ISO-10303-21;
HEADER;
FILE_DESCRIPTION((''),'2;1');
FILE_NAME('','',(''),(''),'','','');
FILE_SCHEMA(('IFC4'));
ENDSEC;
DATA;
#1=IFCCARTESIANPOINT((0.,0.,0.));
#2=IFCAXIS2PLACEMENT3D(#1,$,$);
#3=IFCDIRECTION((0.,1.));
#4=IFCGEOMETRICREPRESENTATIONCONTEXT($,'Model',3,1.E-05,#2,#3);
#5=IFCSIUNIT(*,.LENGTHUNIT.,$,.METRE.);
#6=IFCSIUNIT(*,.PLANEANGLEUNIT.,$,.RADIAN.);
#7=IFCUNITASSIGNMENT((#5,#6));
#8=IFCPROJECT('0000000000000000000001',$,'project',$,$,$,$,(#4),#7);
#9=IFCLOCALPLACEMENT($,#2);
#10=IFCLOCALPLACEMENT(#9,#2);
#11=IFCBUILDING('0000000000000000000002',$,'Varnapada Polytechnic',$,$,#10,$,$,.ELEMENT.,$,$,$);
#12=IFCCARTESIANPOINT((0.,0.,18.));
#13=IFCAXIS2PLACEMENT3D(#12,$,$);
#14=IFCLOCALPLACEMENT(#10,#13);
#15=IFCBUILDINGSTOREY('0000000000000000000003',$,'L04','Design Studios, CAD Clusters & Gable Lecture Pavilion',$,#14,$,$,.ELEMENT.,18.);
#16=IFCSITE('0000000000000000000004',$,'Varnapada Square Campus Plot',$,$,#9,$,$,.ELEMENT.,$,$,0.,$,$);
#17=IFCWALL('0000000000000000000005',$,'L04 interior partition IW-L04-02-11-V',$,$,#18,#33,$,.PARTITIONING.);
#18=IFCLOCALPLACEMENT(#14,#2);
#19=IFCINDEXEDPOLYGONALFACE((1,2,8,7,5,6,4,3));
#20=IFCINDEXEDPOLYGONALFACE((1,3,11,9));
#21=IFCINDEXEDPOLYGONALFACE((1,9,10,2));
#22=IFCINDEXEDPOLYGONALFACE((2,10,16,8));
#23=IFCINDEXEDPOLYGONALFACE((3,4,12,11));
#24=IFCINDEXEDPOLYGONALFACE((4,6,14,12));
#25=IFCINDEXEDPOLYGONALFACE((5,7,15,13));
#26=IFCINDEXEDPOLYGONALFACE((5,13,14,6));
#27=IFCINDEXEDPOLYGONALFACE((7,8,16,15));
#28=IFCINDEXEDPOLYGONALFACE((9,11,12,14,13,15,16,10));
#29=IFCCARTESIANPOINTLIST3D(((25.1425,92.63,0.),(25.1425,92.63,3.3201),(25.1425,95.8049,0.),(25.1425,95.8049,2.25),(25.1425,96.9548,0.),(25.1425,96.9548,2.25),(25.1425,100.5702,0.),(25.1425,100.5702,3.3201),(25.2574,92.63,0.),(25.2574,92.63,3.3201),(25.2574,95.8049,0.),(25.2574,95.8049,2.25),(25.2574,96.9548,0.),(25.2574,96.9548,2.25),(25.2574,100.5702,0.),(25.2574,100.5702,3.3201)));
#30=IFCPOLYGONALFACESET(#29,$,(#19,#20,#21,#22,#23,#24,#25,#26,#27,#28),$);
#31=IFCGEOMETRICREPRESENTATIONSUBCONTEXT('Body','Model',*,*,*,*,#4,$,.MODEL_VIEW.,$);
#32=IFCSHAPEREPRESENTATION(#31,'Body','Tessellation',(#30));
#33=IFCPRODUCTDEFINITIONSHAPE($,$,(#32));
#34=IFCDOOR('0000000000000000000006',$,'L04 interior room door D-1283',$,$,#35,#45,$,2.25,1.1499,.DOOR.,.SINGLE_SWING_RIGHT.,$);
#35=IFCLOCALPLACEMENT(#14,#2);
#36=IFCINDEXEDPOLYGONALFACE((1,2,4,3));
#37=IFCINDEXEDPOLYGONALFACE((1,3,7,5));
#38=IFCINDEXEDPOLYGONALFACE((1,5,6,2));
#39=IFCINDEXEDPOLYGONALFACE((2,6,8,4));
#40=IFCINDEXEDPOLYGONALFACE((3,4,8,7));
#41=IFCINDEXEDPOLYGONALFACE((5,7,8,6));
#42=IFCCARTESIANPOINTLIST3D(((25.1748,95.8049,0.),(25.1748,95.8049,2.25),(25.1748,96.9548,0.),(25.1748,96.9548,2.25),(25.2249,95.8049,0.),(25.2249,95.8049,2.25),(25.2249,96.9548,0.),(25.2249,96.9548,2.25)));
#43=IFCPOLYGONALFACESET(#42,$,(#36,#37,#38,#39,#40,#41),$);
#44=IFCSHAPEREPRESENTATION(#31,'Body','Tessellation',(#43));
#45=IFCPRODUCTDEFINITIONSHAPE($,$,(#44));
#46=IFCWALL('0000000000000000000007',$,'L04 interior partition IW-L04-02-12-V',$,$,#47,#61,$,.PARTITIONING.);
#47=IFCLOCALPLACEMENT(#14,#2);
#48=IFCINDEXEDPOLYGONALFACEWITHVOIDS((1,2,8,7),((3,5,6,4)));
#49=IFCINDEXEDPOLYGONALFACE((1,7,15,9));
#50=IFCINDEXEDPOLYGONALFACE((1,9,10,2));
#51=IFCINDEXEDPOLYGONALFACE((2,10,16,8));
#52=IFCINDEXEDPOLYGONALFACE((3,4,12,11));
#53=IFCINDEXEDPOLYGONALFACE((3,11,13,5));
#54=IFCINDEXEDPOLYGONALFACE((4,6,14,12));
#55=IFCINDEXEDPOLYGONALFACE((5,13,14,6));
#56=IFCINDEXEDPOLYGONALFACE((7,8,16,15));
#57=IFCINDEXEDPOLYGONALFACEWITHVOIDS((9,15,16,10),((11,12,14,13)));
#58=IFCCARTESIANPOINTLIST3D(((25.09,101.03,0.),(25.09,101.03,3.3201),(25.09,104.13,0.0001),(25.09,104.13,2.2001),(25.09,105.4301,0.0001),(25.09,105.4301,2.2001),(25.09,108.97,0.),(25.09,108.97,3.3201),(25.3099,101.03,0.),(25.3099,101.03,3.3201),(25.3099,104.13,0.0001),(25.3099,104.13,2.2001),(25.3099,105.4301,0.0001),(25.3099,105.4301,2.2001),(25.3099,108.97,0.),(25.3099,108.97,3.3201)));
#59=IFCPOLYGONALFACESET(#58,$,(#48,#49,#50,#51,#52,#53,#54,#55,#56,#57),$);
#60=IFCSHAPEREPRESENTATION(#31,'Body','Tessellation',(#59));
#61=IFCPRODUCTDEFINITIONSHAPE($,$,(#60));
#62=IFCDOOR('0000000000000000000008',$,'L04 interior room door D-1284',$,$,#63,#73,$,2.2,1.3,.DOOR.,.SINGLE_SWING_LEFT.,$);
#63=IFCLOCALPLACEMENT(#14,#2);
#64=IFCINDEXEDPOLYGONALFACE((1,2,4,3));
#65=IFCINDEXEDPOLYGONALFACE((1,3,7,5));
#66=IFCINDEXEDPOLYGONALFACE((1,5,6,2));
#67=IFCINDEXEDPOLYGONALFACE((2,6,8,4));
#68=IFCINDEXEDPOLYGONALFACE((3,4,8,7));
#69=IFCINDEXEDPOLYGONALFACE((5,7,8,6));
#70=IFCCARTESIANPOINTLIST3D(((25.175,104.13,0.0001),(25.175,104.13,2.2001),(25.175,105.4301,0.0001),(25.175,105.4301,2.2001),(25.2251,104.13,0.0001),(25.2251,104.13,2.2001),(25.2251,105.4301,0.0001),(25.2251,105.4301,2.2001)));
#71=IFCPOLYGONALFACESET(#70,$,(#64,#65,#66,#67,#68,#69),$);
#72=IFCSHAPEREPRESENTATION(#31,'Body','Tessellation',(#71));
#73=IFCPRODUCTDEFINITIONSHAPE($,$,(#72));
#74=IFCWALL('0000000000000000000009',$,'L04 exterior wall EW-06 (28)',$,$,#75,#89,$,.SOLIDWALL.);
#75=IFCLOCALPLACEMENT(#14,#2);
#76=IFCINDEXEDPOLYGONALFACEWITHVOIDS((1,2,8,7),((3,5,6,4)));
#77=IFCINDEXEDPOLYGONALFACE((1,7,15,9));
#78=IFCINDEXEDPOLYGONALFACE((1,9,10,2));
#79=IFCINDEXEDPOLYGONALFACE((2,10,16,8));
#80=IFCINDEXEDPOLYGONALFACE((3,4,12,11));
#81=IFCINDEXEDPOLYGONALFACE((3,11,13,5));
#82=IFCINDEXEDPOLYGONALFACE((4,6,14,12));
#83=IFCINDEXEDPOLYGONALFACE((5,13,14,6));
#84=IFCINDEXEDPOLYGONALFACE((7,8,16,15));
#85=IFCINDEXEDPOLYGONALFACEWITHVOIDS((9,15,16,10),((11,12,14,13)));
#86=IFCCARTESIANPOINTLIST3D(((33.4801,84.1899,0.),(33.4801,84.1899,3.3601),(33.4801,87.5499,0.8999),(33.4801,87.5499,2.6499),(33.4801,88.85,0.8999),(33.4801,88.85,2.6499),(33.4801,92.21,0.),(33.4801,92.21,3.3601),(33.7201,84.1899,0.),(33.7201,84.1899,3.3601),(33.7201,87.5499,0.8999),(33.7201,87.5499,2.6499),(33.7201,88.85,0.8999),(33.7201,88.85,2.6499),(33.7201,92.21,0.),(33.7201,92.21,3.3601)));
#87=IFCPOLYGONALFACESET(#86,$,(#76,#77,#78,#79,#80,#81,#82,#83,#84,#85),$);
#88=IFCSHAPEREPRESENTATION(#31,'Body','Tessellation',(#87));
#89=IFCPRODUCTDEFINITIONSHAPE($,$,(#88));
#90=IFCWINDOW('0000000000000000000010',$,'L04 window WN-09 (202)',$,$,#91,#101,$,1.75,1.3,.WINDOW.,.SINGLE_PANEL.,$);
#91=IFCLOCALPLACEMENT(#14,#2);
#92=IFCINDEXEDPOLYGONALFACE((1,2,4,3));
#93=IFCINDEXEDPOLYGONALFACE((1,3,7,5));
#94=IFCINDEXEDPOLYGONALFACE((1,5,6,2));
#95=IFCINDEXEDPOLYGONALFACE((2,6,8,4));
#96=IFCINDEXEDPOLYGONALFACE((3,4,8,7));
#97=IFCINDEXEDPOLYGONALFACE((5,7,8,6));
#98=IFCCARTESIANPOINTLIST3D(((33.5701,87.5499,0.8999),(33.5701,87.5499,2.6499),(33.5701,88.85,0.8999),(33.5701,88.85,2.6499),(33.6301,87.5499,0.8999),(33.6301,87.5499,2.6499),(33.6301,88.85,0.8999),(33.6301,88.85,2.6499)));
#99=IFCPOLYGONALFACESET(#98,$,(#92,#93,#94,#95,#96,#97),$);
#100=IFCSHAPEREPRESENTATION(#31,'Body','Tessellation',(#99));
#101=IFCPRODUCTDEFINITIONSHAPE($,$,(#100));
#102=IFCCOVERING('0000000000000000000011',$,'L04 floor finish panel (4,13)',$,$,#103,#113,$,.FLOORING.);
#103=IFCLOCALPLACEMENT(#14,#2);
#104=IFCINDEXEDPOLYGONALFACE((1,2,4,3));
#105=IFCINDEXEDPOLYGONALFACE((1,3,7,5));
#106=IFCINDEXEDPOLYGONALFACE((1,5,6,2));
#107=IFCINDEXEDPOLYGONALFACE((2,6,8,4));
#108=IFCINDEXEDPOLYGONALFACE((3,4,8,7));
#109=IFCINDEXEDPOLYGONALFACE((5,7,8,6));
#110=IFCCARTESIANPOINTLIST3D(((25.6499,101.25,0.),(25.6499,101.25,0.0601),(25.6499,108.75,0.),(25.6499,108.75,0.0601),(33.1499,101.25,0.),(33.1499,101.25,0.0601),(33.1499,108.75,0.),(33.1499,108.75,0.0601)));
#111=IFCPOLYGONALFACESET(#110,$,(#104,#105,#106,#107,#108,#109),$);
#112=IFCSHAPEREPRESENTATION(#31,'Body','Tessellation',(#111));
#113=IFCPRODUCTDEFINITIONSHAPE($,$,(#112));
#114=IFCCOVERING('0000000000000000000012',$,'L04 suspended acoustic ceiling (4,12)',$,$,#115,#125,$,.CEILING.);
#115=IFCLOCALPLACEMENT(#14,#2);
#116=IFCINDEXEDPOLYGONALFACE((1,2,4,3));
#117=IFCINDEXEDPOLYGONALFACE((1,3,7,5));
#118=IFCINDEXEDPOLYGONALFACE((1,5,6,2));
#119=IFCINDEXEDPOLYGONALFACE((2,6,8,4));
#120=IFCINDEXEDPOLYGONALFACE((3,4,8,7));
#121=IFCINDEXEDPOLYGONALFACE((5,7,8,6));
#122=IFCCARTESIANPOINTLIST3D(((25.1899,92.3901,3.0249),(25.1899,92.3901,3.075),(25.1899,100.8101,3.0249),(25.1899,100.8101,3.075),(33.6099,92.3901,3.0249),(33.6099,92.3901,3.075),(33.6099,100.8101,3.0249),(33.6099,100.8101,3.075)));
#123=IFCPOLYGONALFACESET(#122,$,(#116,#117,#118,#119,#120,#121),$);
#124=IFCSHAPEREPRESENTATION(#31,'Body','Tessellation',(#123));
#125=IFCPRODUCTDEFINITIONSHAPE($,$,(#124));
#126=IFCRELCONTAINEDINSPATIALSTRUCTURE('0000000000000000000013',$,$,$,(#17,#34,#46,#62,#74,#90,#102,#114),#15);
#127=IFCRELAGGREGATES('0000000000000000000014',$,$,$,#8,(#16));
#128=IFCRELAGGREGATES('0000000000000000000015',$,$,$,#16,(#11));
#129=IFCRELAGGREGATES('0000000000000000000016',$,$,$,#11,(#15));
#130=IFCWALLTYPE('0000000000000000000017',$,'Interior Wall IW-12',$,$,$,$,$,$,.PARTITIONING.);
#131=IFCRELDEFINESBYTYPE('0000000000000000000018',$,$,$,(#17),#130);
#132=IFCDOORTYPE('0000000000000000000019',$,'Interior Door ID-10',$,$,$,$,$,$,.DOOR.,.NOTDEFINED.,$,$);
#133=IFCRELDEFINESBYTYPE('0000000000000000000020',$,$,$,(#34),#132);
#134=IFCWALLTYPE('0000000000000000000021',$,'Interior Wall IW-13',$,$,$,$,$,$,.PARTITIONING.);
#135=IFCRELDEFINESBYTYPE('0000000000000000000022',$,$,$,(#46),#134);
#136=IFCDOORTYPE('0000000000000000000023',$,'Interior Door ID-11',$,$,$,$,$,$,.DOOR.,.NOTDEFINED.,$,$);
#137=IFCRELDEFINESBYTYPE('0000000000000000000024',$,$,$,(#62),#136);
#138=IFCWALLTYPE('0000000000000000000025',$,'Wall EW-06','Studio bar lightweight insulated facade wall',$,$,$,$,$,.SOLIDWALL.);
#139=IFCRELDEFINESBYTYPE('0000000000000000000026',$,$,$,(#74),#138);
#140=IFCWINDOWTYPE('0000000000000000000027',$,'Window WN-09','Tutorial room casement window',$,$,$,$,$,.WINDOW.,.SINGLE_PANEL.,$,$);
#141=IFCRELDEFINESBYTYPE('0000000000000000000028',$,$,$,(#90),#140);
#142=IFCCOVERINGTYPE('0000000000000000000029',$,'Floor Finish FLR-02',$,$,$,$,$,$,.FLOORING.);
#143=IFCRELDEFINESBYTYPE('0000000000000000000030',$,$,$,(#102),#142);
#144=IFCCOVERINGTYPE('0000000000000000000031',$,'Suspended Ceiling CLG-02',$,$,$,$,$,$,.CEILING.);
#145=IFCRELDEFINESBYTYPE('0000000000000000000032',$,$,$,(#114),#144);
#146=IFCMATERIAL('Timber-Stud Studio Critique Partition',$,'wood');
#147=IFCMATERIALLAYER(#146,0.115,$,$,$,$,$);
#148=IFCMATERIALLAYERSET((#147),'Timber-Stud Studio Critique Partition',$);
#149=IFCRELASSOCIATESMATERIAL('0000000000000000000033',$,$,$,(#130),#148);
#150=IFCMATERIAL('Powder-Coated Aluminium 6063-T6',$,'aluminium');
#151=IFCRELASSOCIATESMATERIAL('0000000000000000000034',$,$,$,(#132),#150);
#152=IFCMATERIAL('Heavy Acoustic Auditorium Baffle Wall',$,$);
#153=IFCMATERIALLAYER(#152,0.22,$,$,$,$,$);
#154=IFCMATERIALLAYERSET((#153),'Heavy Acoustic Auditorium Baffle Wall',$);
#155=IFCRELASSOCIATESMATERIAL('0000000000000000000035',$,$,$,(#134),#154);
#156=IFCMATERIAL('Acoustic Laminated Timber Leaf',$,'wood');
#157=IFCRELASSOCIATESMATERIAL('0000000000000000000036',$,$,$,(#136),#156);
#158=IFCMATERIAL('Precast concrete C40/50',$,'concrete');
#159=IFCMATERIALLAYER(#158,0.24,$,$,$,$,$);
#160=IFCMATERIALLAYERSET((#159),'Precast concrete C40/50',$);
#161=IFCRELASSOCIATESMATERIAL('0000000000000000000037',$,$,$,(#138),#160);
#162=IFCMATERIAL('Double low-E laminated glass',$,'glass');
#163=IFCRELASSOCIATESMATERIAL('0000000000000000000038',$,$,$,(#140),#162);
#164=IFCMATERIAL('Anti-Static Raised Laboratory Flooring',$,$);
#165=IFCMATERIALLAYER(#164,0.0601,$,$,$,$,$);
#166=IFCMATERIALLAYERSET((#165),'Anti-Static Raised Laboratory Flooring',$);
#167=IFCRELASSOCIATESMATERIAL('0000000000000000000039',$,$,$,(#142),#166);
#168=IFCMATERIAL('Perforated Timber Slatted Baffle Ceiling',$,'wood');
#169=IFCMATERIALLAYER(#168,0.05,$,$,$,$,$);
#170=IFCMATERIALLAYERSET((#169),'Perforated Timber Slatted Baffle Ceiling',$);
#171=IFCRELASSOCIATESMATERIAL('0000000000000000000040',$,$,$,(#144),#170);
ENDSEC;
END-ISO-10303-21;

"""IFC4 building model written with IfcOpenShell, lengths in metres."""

from ifc_helpers import new_model, si_unit, direction, frame, frame_2d, origin, origin_2d, place, context, subcontext, project, spatial, rectangle, extrude, material, layer, layer_set, type_object, element, fill, save


model = new_model("IFC4")

# Units and contexts
model_context = context("Model", 3, precision=1e-05, world=origin(), true_north=direction((0.0, 1.0)))
body_context = subcontext(model_context, "Body", "Model", "MODEL_VIEW")
ifc_project = project(units=[si_unit("LENGTHUNIT", "METRE"), si_unit("PLANEANGLEUNIT", "RADIAN")], contexts=[model_context])

# Site, building, storey
site_placement = place(None, origin())
site = spatial("IfcSite", under=ifc_project, at=site_placement, Name="Varnapada Square Campus Plot", CompositionType="ELEMENT", RefElevation=0.0)
building_placement = place(site_placement, origin())
building = spatial("IfcBuilding", under=site, at=building_placement, Name="Varnapada Polytechnic", CompositionType="ELEMENT")
storey_placement = place(building_placement, frame((0.0, 0.0, 18.0)))
storey = spatial("IfcBuildingStorey", under=building, at=storey_placement, Name="L04", Description="Design Studios, CAD Clusters & Gable Lecture Pavilion", CompositionType="ELEMENT", Elevation=18.0)

# Walls, openings, doors
ifc_material_1 = material(Name="Timber-Stud Studio Critique Partition", Category="wood")
ifc_layer_1 = layer(ifc_material_1, 0.115)
ifc_layer_set_1 = layer_set([ifc_layer_1], Name="Timber-Stud Studio Critique Partition")
wall_type_1 = type_object("IfcWallType", Name="Interior Wall IW-12", PredefinedType="PARTITIONING", material=ifc_layer_set_1)
wall_1_placement = place(storey_placement, frame((25.2, 92.6299, 0.0), z_axis=(0.0, 0.0, 1.0), x_axis=(0.0, 1.0, 0.0)))
wall_1 = element("IfcWall", 1, at=wall_1_placement, inside=storey, type_object=wall_type_1, Name="L04 interior partition IW-L04-02-11-V", PredefinedType="PARTITIONING", context=body_context, shape_type="SweptSolid", body=[
    extrude(rectangle(XDim=7.9402, YDim=0.115, at=frame_2d((3.9702, 0.0))), origin(), (0.0, 0.0, 1.0), 3.3201),
])
opening_1_placement = place(wall_1_placement, frame((3.175, 0.0, 0.0)))
opening_1 = element("IfcOpeningElement", 2, at=opening_1_placement, cuts=wall_1, PredefinedType="OPENING", context=body_context, shape_type="SweptSolid", body=[
    extrude(rectangle(XDim=1.1499, YDim=2.25, at=frame_2d((0.575, 1.125))), frame((0.0, 0.0674, 0.0), z_axis=(0.0, -1.0, 0.0), x_axis=(1.0, 0.0, 0.0)), (0.0, 0.0, 1.0), 0.135),
])
ifc_material_2 = material(Name="Powder-Coated Aluminium 6063-T6", Category="aluminium")
door_type_1 = type_object("IfcDoorType", Name="Interior Door ID-10", OperationType="NOTDEFINED", PredefinedType="DOOR", material=ifc_material_2)
door_1_placement = place(opening_1_placement, frame((1.1499, 0.0, 0.0), z_axis=(0.0, 0.0, 1.0), x_axis=(-1.0, 0.0, 0.0)))
door_1 = element("IfcDoor", 3, at=door_1_placement, inside=storey, type_object=door_type_1, Name="L04 interior room door D-1283", OperationType="SINGLE_SWING_RIGHT", OverallHeight=2.25, OverallWidth=1.1499, PredefinedType="DOOR", context=body_context, shape_type="SweptSolid", body=[
    extrude(rectangle(XDim=1.1499, YDim=2.25, at=frame_2d((0.575, 1.125))), frame((0.0, 0.0249, 0.0), z_axis=(0.0, -1.0, 0.0), x_axis=(1.0, 0.0, 0.0)), (0.0, 0.0, 1.0), 0.05),
])
fill(opening_1, door_1)
ifc_material_3 = material(Name="Heavy Acoustic Auditorium Baffle Wall")
ifc_layer_2 = layer(ifc_material_3, 0.22)
ifc_layer_set_2 = layer_set([ifc_layer_2], Name="Heavy Acoustic Auditorium Baffle Wall")
wall_type_2 = type_object("IfcWallType", Name="Interior Wall IW-13", PredefinedType="PARTITIONING", material=ifc_layer_set_2)
wall_2_placement = place(storey_placement, frame((25.2, 101.03, 0.0), z_axis=(0.0, 0.0, 1.0), x_axis=(0.0, 1.0, 0.0)))
wall_2 = element("IfcWall", 4, at=wall_2_placement, inside=storey, type_object=wall_type_2, Name="L04 interior partition IW-L04-02-12-V", PredefinedType="PARTITIONING", context=body_context, shape_type="SweptSolid", body=[
    extrude(rectangle(XDim=7.9399, YDim=0.22, at=frame_2d((3.97, 0.0))), origin(), (0.0, 0.0, 1.0), 3.3201),
])
opening_2_placement = place(wall_2_placement, frame((3.1001, 0.0, 0.0)))
opening_2 = element("IfcOpeningElement", 5, at=opening_2_placement, cuts=wall_2, PredefinedType="OPENING", context=body_context, shape_type="SweptSolid", body=[
    extrude(rectangle(XDim=1.3, YDim=2.2, at=frame_2d((0.6499, 1.1001))), frame((0.0, 0.1199, 0.0), z_axis=(0.0, -1.0, 0.0), x_axis=(1.0, 0.0, 0.0)), (0.0, 0.0, 1.0), 0.24),
])
ifc_material_4 = material(Name="Acoustic Laminated Timber Leaf", Category="wood")
door_type_2 = type_object("IfcDoorType", Name="Interior Door ID-11", OperationType="NOTDEFINED", PredefinedType="DOOR", material=ifc_material_4)
door_2_placement = place(opening_2_placement, origin())
door_2 = element("IfcDoor", 6, at=door_2_placement, inside=storey, type_object=door_type_2, Name="L04 interior room door D-1284", OperationType="SINGLE_SWING_LEFT", OverallHeight=2.2, OverallWidth=1.3, PredefinedType="DOOR", context=body_context, shape_type="SweptSolid", body=[
    extrude(rectangle(XDim=1.3, YDim=2.2, at=frame_2d((0.6499, 1.1001))), frame((0.0, 0.0249, 0.0), z_axis=(0.0, -1.0, 0.0), x_axis=(1.0, 0.0, 0.0)), (0.0, 0.0, 1.0), 0.05),
])
fill(opening_2, door_2)

# Wall, opening, window
ifc_material_5 = material(Name="Precast concrete C40/50", Category="concrete")
ifc_layer_3 = layer(ifc_material_5, 0.24)
ifc_layer_set_3 = layer_set([ifc_layer_3], Name="Precast concrete C40/50")
wall_type_3 = type_object("IfcWallType", Name="Wall EW-06", Description="Studio bar lightweight insulated facade wall", PredefinedType="SOLIDWALL", material=ifc_layer_set_3)
wall_3_placement = place(storey_placement, frame((33.6001, 92.21, 0.0), z_axis=(0.0, 0.0, 1.0), x_axis=(0.0, -1.0, 0.0)))
wall_3 = element("IfcWall", 7, at=wall_3_placement, inside=storey, type_object=wall_type_3, Name="L04 exterior wall EW-06 (28)", PredefinedType="SOLIDWALL", context=body_context, shape_type="SweptSolid", body=[
    extrude(rectangle(XDim=8.02, YDim=0.24, at=frame_2d((4.01, 0.0))), origin(), (0.0, 0.0, 1.0), 3.3601),
])
opening_3_placement = place(wall_3_placement, frame((3.3601, 0.0, 0.8999)))
opening_3 = element("IfcOpeningElement", 8, at=opening_3_placement, cuts=wall_3, PredefinedType="OPENING", context=body_context, shape_type="SweptSolid", body=[
    extrude(rectangle(XDim=1.3, YDim=1.75, at=frame_2d((0.6499, 0.875))), frame((0.0, 0.1299, 0.0), z_axis=(0.0, -1.0, 0.0), x_axis=(1.0, 0.0, 0.0)), (0.0, 0.0, 1.0), 0.26),
])
ifc_material_6 = material(Name="Double low-E laminated glass", Category="glass")
window_type = type_object("IfcWindowType", Name="Window WN-09", Description="Tutorial room casement window", PartitioningType="SINGLE_PANEL", PredefinedType="WINDOW", material=ifc_material_6)
window_placement = place(opening_3_placement, origin())
window = element("IfcWindow", 9, at=window_placement, inside=storey, type_object=window_type, Name="L04 window WN-09 (202)", OverallHeight=1.75, OverallWidth=1.3, PartitioningType="SINGLE_PANEL", PredefinedType="WINDOW", context=body_context, shape_type="SweptSolid", body=[
    extrude(rectangle(XDim=1.3, YDim=1.75, at=frame_2d((0.6499, 0.875))), frame((0.0, 0.03, 0.0), z_axis=(0.0, -1.0, 0.0), x_axis=(1.0, 0.0, 0.0)), (0.0, 0.0, 1.0), 0.0601),
])
fill(opening_3, window)

# Coverings
ifc_material_7 = material(Name="Anti-Static Raised Laboratory Flooring")
ifc_layer_4 = layer(ifc_material_7, 0.0601)
ifc_layer_set_4 = layer_set([ifc_layer_4], Name="Anti-Static Raised Laboratory Flooring")
covering_type_1 = type_object("IfcCoveringType", Name="Floor Finish FLR-02", PredefinedType="FLOORING", material=ifc_layer_set_4)
covering_1_placement = place(storey_placement, frame((29.3999, 105.0, 0.0), z_axis=(0.0, 0.0, 1.0), x_axis=(1.0, 0.0, 0.0)))
element("IfcCovering", 10, at=covering_1_placement, inside=storey, type_object=covering_type_1, Name="L04 floor finish panel (4,13)", PredefinedType="FLOORING", context=body_context, shape_type="SweptSolid", body=[
    extrude(rectangle(XDim=7.5, YDim=7.5, at=origin_2d()), origin(), (0.0, 0.0, 1.0), 0.0601),
])
ifc_material_8 = material(Name="Perforated Timber Slatted Baffle Ceiling", Category="wood")
ifc_layer_5 = layer(ifc_material_8, 0.05)
ifc_layer_set_5 = layer_set([ifc_layer_5], Name="Perforated Timber Slatted Baffle Ceiling")
covering_type_2 = type_object("IfcCoveringType", Name="Suspended Ceiling CLG-02", PredefinedType="CEILING", material=ifc_layer_set_5)
covering_2_placement = place(storey_placement, frame((29.3999, 96.6001, 3.0249), z_axis=(0.0, 0.0, 1.0), x_axis=(1.0, 0.0, 0.0)))
element("IfcCovering", 11, at=covering_2_placement, inside=storey, type_object=covering_type_2, Name="L04 suspended acoustic ceiling (4,12)", PredefinedType="CEILING", context=body_context, shape_type="SweptSolid", body=[
    extrude(rectangle(XDim=8.4199, YDim=8.4199, at=origin_2d()), origin(), (0.0, 0.0, 1.0), 0.05),
])

save(model, "model.ifc")
